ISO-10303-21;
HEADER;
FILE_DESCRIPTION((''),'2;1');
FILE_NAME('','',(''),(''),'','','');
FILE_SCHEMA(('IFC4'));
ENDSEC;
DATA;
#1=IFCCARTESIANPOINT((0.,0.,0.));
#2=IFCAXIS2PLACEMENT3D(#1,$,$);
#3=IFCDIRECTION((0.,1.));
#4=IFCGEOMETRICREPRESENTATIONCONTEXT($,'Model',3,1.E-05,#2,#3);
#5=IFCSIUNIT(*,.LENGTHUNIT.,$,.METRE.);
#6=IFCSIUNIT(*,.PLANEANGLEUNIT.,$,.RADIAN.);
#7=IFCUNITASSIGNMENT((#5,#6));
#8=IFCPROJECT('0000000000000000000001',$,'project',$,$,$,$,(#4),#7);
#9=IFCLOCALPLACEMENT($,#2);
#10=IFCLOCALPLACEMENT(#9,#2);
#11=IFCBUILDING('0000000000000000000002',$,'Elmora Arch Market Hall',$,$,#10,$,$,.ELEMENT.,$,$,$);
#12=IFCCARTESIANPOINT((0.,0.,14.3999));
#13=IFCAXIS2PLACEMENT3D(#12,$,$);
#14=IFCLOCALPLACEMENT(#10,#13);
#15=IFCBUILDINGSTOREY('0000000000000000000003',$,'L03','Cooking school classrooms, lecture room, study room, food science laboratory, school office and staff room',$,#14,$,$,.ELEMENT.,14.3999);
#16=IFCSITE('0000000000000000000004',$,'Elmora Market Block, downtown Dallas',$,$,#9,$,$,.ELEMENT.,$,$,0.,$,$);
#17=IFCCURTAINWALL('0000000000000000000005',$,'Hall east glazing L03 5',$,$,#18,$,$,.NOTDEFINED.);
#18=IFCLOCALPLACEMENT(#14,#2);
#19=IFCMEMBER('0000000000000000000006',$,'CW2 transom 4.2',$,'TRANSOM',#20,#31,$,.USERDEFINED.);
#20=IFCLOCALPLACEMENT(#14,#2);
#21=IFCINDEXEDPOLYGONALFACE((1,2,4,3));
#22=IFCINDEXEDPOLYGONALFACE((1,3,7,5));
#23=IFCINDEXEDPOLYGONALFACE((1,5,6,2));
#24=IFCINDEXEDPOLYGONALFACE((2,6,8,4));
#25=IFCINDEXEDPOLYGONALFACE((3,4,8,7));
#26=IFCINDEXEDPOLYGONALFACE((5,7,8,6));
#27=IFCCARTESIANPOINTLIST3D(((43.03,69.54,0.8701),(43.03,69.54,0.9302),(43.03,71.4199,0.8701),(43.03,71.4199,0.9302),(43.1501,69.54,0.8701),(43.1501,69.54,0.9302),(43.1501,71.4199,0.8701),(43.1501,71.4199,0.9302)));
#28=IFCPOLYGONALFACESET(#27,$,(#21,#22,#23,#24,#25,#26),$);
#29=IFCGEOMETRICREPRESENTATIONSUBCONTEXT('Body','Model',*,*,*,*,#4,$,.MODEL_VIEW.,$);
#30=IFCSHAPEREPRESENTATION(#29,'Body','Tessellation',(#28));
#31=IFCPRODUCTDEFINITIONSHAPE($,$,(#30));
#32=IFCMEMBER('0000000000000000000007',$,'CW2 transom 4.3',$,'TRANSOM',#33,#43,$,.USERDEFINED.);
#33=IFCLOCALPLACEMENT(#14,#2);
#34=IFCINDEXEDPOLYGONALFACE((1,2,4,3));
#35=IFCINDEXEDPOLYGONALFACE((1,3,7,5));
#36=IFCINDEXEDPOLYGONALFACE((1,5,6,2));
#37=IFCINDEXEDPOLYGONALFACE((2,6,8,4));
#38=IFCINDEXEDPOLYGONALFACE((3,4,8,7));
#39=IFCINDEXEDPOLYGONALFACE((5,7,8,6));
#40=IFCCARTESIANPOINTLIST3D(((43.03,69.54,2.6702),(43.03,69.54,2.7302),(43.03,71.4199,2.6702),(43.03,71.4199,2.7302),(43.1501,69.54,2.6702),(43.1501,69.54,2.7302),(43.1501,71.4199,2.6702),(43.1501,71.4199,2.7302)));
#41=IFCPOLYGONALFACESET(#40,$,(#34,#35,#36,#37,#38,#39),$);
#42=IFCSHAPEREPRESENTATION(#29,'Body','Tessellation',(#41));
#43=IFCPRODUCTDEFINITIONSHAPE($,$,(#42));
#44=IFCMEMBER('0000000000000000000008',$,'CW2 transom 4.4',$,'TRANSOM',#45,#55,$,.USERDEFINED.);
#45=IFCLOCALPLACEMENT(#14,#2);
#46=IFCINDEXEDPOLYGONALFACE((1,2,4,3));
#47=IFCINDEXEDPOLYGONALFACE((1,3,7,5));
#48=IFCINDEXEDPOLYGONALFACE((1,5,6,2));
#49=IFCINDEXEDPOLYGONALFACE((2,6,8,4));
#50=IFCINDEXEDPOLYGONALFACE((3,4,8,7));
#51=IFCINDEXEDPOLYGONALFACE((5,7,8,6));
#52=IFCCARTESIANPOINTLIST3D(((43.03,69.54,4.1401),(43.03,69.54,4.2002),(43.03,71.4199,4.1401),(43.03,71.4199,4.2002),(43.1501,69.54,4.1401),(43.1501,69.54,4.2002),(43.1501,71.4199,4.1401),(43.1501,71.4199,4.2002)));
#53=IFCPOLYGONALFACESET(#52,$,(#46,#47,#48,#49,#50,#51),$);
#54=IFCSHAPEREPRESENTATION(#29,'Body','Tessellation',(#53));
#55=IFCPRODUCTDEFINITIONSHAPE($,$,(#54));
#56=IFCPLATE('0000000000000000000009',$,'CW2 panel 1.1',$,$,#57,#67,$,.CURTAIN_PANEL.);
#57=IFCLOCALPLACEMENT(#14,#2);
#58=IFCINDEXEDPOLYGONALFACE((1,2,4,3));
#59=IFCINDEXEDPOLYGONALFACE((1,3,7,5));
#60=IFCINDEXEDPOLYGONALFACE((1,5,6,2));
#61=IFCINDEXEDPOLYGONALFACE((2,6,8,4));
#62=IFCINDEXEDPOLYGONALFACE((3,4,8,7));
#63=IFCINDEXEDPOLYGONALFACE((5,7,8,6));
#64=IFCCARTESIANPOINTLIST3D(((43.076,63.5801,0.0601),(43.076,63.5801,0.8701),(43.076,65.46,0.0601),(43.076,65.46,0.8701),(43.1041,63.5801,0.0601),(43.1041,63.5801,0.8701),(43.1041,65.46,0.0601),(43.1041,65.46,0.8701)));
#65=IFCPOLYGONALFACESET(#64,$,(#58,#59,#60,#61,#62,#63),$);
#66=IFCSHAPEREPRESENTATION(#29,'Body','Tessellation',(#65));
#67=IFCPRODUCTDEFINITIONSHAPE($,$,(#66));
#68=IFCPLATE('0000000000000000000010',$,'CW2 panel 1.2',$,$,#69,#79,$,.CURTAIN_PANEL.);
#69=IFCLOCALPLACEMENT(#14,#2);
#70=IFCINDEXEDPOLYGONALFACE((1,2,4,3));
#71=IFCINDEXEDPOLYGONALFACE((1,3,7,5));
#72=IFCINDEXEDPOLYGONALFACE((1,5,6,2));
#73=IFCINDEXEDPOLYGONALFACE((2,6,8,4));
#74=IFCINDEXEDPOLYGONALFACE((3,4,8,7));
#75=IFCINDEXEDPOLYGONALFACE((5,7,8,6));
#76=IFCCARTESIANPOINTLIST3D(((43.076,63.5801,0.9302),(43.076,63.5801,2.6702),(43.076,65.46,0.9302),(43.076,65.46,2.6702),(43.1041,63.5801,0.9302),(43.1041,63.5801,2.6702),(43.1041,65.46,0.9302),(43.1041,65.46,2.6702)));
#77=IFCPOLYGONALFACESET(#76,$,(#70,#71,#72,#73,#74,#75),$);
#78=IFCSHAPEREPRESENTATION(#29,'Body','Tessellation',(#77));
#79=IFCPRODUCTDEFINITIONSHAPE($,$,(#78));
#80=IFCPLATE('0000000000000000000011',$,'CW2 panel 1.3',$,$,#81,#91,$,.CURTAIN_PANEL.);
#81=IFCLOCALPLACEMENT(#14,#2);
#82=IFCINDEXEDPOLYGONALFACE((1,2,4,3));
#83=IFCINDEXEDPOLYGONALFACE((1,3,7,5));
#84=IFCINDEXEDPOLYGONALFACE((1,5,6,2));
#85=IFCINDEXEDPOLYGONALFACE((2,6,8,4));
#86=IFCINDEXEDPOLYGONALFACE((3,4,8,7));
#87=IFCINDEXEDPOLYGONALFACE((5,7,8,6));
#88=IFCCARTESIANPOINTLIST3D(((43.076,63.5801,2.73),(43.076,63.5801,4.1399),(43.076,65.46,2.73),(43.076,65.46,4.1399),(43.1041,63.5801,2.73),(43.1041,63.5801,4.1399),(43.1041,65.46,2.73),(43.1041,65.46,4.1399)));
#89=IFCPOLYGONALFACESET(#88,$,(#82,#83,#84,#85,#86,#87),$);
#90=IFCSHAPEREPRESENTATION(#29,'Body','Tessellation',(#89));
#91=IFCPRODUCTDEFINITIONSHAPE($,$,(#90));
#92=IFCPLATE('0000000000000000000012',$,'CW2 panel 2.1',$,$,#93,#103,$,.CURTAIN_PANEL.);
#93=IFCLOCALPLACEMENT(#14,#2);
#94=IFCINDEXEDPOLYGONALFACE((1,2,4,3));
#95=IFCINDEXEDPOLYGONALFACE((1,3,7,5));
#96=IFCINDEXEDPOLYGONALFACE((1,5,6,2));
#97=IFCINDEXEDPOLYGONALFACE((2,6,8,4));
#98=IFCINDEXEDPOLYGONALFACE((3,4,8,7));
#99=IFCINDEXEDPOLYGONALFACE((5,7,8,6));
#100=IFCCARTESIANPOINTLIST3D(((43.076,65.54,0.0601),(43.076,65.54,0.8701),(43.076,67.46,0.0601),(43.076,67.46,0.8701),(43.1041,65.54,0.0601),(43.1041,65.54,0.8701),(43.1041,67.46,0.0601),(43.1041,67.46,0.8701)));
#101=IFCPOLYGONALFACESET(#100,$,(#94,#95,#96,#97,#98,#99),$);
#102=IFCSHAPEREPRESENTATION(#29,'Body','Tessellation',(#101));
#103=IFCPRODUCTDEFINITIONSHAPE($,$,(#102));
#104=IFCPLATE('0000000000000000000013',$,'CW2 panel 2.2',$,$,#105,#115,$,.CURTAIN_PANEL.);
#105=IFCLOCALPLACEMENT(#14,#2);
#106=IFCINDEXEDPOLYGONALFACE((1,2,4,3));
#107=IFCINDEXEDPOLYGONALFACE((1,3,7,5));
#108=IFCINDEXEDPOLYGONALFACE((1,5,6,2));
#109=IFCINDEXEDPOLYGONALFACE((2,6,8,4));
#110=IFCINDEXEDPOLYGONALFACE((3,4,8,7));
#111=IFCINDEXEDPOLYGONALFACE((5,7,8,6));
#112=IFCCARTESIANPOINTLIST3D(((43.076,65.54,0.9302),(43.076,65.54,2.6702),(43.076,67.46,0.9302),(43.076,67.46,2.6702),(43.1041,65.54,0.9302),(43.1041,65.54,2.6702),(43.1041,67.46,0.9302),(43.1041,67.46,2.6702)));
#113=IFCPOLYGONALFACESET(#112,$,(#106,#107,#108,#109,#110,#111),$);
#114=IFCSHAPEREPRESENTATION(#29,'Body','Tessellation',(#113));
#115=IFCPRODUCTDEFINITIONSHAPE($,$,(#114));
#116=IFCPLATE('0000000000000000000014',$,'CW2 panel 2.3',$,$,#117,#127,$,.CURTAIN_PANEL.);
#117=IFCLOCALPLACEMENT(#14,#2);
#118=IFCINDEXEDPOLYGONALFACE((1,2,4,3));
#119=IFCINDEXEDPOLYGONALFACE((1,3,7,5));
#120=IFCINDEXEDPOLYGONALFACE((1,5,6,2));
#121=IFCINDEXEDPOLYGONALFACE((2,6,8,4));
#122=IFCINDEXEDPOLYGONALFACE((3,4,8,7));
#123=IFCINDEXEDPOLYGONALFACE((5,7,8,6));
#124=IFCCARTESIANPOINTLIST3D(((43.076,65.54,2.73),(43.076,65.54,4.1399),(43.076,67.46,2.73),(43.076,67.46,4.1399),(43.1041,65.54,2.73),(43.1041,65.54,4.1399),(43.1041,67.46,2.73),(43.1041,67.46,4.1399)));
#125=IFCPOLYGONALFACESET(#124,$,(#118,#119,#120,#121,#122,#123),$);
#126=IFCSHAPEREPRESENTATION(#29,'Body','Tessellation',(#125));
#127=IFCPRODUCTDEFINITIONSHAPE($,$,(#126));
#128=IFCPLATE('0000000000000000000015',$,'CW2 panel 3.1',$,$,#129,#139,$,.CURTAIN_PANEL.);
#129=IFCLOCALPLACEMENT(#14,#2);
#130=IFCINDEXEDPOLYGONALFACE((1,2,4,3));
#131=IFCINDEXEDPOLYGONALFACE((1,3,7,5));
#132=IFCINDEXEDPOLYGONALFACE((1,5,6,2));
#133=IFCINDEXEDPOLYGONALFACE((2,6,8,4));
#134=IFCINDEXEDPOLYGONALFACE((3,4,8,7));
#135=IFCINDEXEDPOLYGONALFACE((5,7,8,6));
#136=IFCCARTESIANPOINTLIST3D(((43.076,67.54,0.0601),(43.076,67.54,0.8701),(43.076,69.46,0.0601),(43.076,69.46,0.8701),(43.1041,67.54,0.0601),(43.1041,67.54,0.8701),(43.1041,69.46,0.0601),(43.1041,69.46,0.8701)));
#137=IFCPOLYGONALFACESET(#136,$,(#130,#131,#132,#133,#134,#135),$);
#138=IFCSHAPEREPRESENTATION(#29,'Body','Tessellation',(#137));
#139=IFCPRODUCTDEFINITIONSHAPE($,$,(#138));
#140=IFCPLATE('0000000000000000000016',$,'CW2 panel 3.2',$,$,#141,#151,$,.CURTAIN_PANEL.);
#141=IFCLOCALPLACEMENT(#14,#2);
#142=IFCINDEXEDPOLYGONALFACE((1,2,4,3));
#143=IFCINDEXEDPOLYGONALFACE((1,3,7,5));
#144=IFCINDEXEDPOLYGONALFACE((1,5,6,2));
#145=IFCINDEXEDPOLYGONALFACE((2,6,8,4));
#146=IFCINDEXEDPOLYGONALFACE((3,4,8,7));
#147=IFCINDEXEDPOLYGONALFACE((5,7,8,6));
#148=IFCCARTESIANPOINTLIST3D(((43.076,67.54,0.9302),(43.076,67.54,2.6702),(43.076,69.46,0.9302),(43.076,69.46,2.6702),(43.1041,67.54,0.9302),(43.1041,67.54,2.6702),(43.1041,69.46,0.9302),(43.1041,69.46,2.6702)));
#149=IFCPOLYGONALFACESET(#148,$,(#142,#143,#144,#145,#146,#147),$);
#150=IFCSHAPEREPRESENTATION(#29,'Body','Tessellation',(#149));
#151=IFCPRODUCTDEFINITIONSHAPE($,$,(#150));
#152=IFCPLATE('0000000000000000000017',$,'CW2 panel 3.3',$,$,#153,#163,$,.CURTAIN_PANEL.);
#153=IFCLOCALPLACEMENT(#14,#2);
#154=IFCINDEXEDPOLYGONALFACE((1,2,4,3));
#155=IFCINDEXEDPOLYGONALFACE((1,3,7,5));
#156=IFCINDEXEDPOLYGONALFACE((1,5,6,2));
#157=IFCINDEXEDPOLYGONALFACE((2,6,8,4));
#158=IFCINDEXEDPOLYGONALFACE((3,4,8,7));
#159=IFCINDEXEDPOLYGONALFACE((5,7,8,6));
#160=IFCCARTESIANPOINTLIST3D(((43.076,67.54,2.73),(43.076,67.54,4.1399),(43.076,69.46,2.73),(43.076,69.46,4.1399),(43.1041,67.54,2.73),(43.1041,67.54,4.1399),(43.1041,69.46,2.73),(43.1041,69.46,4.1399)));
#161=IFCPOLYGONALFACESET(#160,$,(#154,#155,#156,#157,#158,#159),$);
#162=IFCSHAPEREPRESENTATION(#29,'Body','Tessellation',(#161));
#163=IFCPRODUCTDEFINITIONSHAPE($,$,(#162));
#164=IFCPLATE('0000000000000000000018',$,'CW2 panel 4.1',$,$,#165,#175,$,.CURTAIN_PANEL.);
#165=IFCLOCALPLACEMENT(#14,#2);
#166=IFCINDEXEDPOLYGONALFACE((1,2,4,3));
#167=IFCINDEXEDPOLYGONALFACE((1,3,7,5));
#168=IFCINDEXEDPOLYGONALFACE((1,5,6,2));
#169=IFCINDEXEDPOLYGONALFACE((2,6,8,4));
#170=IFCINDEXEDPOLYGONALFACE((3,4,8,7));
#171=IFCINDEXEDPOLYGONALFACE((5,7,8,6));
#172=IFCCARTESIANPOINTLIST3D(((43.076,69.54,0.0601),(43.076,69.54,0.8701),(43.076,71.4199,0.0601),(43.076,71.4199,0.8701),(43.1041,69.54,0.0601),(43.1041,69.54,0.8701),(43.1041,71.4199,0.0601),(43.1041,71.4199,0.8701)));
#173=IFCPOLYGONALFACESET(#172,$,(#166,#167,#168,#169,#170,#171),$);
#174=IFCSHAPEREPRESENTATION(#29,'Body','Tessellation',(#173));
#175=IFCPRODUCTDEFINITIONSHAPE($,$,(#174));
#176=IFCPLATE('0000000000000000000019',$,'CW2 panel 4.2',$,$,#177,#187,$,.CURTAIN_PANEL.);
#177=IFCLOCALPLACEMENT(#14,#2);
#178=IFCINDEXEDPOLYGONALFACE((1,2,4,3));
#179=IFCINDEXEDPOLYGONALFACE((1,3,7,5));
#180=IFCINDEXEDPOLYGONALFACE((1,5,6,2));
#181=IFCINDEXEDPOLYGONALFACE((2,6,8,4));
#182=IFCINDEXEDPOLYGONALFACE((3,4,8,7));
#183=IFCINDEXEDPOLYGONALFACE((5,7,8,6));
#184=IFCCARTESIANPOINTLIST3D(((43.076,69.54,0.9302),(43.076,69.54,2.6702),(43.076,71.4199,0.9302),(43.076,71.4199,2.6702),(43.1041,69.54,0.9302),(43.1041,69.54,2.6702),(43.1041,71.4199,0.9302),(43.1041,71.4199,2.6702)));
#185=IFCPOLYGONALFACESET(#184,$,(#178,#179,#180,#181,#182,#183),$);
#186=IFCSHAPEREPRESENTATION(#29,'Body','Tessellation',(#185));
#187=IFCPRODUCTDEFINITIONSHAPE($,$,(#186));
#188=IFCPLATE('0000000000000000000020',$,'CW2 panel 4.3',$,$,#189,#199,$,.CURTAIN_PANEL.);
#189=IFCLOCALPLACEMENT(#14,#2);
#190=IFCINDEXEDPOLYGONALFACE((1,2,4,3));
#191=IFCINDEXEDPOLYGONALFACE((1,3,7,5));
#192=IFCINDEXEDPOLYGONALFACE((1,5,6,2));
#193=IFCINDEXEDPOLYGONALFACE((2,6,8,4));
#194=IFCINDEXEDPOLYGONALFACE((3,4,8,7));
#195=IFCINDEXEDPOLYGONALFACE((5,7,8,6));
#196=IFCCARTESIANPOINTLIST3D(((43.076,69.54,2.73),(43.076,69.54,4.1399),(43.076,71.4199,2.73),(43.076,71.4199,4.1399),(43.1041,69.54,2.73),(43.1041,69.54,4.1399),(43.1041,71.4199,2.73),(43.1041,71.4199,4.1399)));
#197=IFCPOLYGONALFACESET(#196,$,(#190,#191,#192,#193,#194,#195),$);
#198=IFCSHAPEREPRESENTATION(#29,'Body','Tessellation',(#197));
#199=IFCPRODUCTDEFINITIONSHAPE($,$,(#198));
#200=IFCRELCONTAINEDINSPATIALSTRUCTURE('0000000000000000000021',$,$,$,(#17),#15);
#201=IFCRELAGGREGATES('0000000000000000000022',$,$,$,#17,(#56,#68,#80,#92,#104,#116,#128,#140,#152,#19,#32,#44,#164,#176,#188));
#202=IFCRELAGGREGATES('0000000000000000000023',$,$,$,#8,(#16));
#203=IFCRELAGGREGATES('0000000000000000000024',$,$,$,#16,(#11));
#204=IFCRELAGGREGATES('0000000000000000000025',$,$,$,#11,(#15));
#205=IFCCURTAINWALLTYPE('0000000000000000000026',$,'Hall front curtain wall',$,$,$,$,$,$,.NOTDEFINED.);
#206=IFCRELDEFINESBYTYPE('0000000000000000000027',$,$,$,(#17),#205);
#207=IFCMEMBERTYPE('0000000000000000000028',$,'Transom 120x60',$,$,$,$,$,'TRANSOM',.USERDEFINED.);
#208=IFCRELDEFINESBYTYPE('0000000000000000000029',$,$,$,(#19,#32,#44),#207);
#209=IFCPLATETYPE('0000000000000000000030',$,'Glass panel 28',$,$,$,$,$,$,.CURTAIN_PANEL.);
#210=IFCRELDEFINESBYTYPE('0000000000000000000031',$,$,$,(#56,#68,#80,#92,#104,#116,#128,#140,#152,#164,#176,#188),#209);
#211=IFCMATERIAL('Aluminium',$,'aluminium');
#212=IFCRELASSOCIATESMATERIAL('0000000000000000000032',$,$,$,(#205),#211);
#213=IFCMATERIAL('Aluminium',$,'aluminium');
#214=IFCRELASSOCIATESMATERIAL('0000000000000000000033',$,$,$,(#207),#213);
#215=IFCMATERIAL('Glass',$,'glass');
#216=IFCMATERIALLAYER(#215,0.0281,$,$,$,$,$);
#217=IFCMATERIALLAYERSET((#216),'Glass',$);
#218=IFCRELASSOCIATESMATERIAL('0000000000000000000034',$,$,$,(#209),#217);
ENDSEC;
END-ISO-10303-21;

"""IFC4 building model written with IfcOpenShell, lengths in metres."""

from ifc_helpers import new_model, si_unit, direction, frame, origin, origin_2d, place, context, subcontext, project, spatial, rectangle, extrude, material, layer, layer_set, material_profile, profile_set, type_object, element, aggregate, save


model = new_model("IFC4")

# Units and contexts
model_context = context("Model", 3, precision=1e-05, world=origin(), true_north=direction((0.0, 1.0)))
body_context = subcontext(model_context, "Body", "Model", "MODEL_VIEW")
ifc_project = project(units=[si_unit("LENGTHUNIT", "METRE"), si_unit("PLANEANGLEUNIT", "RADIAN")], contexts=[model_context])

# Site, building, storey
site_placement = place(None, origin())
site = spatial("IfcSite", under=ifc_project, at=site_placement, Name="Elmora Market Block, downtown Dallas", CompositionType="ELEMENT", RefElevation=0.0)
building_placement = place(site_placement, origin())
building = spatial("IfcBuilding", under=site, at=building_placement, Name="Elmora Arch Market Hall", CompositionType="ELEMENT")
storey_placement = place(building_placement, frame((0.0, 0.0, 14.3999)))
storey = spatial("IfcBuildingStorey", under=building, at=storey_placement, Name="L03", Description="Cooking school classrooms, lecture room, study room, food science laboratory, school office and staff room", CompositionType="ELEMENT", Elevation=14.3999)

# Curtain wall
ifc_material_1 = material(Name="Aluminium", Category="aluminium")
curtain_wall_type = type_object("IfcCurtainWallType", Name="Hall front curtain wall", PredefinedType="NOTDEFINED", material=ifc_material_1)
curtain_wall_1_placement = place(storey_placement, origin())
curtain_wall_1 = element("IfcCurtainWall", 1, at=curtain_wall_1_placement, inside=storey, type_object=curtain_wall_type, Name="Hall east glazing L03 5", PredefinedType="NOTDEFINED")

# Members
ifc_material_2 = material(Name="Aluminium", Category="aluminium")
ifc_material_profile_1 = material_profile(ifc_material_2, rectangle(XDim=0.1201, YDim=0.0601, at=origin_2d()), Name="AL 120x60")
ifc_profile_set_1 = profile_set([ifc_material_profile_1], Name="Aluminium")
member_type_1 = type_object("IfcMemberType", Name="Transom 120x60", ElementType="TRANSOM", PredefinedType="USERDEFINED", material=ifc_profile_set_1)
member_1_placement = place(storey_placement, frame((43.0901, 69.54, 0.9001), z_axis=(0.0, 1.0, 0.0), x_axis=(-1.0, 0.0, 0.0)))
member_1 = element("IfcMember", 2, at=member_1_placement, type_object=member_type_1, Name="CW2 transom 4.2", ObjectType="TRANSOM", PredefinedType="USERDEFINED", context=body_context, shape_type="SweptSolid", body=[
    extrude(rectangle(XDim=0.1201, YDim=0.0601, at=origin_2d()), origin(), (0.0, 0.0, 1.0), 1.8799),
])
member_2_placement = place(storey_placement, frame((43.0901, 69.54, 2.7002), z_axis=(0.0, 1.0, 0.0), x_axis=(-1.0, 0.0, 0.0)))
member_2 = element("IfcMember", 3, at=member_2_placement, type_object=member_type_1, Name="CW2 transom 4.3", ObjectType="TRANSOM", PredefinedType="USERDEFINED", context=body_context, shape_type="SweptSolid", body=[
    extrude(rectangle(XDim=0.1201, YDim=0.0601, at=origin_2d()), origin(), (0.0, 0.0, 1.0), 1.8799),
])
member_3_placement = place(storey_placement, frame((43.0901, 69.54, 4.1702), z_axis=(0.0, 1.0, 0.0), x_axis=(-1.0, 0.0, 0.0)))
member_3 = element("IfcMember", 4, at=member_3_placement, type_object=member_type_1, Name="CW2 transom 4.4", ObjectType="TRANSOM", PredefinedType="USERDEFINED", context=body_context, shape_type="SweptSolid", body=[
    extrude(rectangle(XDim=0.1201, YDim=0.0601, at=origin_2d()), origin(), (0.0, 0.0, 1.0), 1.8799),
])

# Plates
ifc_material_3 = material(Name="Glass", Category="glass")
ifc_layer_1 = layer(ifc_material_3, 0.0281)
ifc_layer_set_1 = layer_set([ifc_layer_1], Name="Glass")
plate_type = type_object("IfcPlateType", Name="Glass panel 28", PredefinedType="CURTAIN_PANEL", material=ifc_layer_set_1)
plate_1_placement = place(storey_placement, frame((43.0901, 64.52, 0.0601), z_axis=(0.0, 0.0, 1.0), x_axis=(0.0, 1.0, 0.0)))
plate_1 = element("IfcPlate", 5, at=plate_1_placement, type_object=plate_type, Name="CW2 panel 1.1", PredefinedType="CURTAIN_PANEL", context=body_context, shape_type="SweptSolid", body=[
    extrude(rectangle(XDim=1.8799, YDim=0.0281, at=origin_2d()), origin(), (0.0, 0.0, 1.0), 0.8101),
])
plate_2_placement = place(storey_placement, frame((43.0901, 64.52, 0.9302), z_axis=(0.0, 0.0, 1.0), x_axis=(0.0, 1.0, 0.0)))
plate_2 = element("IfcPlate", 6, at=plate_2_placement, type_object=plate_type, Name="CW2 panel 1.2", PredefinedType="CURTAIN_PANEL", context=body_context, shape_type="SweptSolid", body=[
    extrude(rectangle(XDim=1.8799, YDim=0.0281, at=origin_2d()), origin(), (0.0, 0.0, 1.0), 1.74),
])
plate_3_placement = place(storey_placement, frame((43.0901, 64.52, 2.73), z_axis=(0.0, 0.0, 1.0), x_axis=(0.0, 1.0, 0.0)))
plate_3 = element("IfcPlate", 7, at=plate_3_placement, type_object=plate_type, Name="CW2 panel 1.3", PredefinedType="CURTAIN_PANEL", context=body_context, shape_type="SweptSolid", body=[
    extrude(rectangle(XDim=1.8799, YDim=0.0281, at=origin_2d()), origin(), (0.0, 0.0, 1.0), 1.4099),
])
plate_4_placement = place(storey_placement, frame((43.0901, 66.5, 0.0601), z_axis=(0.0, 0.0, 1.0), x_axis=(0.0, 1.0, 0.0)))
plate_4 = element("IfcPlate", 8, at=plate_4_placement, type_object=plate_type, Name="CW2 panel 2.1", PredefinedType="CURTAIN_PANEL", context=body_context, shape_type="SweptSolid", body=[
    extrude(rectangle(XDim=1.9199, YDim=0.0281, at=origin_2d()), origin(), (0.0, 0.0, 1.0), 0.8101),
])
plate_5_placement = place(storey_placement, frame((43.0901, 66.5, 0.9302), z_axis=(0.0, 0.0, 1.0), x_axis=(0.0, 1.0, 0.0)))
plate_5 = element("IfcPlate", 9, at=plate_5_placement, type_object=plate_type, Name="CW2 panel 2.2", PredefinedType="CURTAIN_PANEL", context=body_context, shape_type="SweptSolid", body=[
    extrude(rectangle(XDim=1.9199, YDim=0.0281, at=origin_2d()), origin(), (0.0, 0.0, 1.0), 1.74),
])
plate_6_placement = place(storey_placement, frame((43.0901, 66.5, 2.73), z_axis=(0.0, 0.0, 1.0), x_axis=(0.0, 1.0, 0.0)))
plate_6 = element("IfcPlate", 10, at=plate_6_placement, type_object=plate_type, Name="CW2 panel 2.3", PredefinedType="CURTAIN_PANEL", context=body_context, shape_type="SweptSolid", body=[
    extrude(rectangle(XDim=1.9199, YDim=0.0281, at=origin_2d()), origin(), (0.0, 0.0, 1.0), 1.4099),
])
plate_7_placement = place(storey_placement, frame((43.0901, 68.5, 0.0601), z_axis=(0.0, 0.0, 1.0), x_axis=(0.0, 1.0, 0.0)))
plate_7 = element("IfcPlate", 11, at=plate_7_placement, type_object=plate_type, Name="CW2 panel 3.1", PredefinedType="CURTAIN_PANEL", context=body_context, shape_type="SweptSolid", body=[
    extrude(rectangle(XDim=1.9199, YDim=0.0281, at=origin_2d()), origin(), (0.0, 0.0, 1.0), 0.8101),
])
plate_8_placement = place(storey_placement, frame((43.0901, 68.5, 0.9302), z_axis=(0.0, 0.0, 1.0), x_axis=(0.0, 1.0, 0.0)))
plate_8 = element("IfcPlate", 12, at=plate_8_placement, type_object=plate_type, Name="CW2 panel 3.2", PredefinedType="CURTAIN_PANEL", context=body_context, shape_type="SweptSolid", body=[
    extrude(rectangle(XDim=1.9199, YDim=0.0281, at=origin_2d()), origin(), (0.0, 0.0, 1.0), 1.74),
])
plate_9_placement = place(storey_placement, frame((43.0901, 68.5, 2.73), z_axis=(0.0, 0.0, 1.0), x_axis=(0.0, 1.0, 0.0)))
plate_9 = element("IfcPlate", 13, at=plate_9_placement, type_object=plate_type, Name="CW2 panel 3.3", PredefinedType="CURTAIN_PANEL", context=body_context, shape_type="SweptSolid", body=[
    extrude(rectangle(XDim=1.9199, YDim=0.0281, at=origin_2d()), origin(), (0.0, 0.0, 1.0), 1.4099),
])
plate_10_placement = place(storey_placement, frame((43.0901, 70.48, 0.0601), z_axis=(0.0, 0.0, 1.0), x_axis=(0.0, 1.0, 0.0)))
plate_10 = element("IfcPlate", 14, at=plate_10_placement, type_object=plate_type, Name="CW2 panel 4.1", PredefinedType="CURTAIN_PANEL", context=body_context, shape_type="SweptSolid", body=[
    extrude(rectangle(XDim=1.8799, YDim=0.0281, at=origin_2d()), origin(), (0.0, 0.0, 1.0), 0.8101),
])
plate_11_placement = place(storey_placement, frame((43.0901, 70.48, 0.9302), z_axis=(0.0, 0.0, 1.0), x_axis=(0.0, 1.0, 0.0)))
plate_11 = element("IfcPlate", 15, at=plate_11_placement, type_object=plate_type, Name="CW2 panel 4.2", PredefinedType="CURTAIN_PANEL", context=body_context, shape_type="SweptSolid", body=[
    extrude(rectangle(XDim=1.8799, YDim=0.0281, at=origin_2d()), origin(), (0.0, 0.0, 1.0), 1.74),
])
plate_12_placement = place(storey_placement, frame((43.0901, 70.48, 2.73), z_axis=(0.0, 0.0, 1.0), x_axis=(0.0, 1.0, 0.0)))
plate_12 = element("IfcPlate", 16, at=plate_12_placement, type_object=plate_type, Name="CW2 panel 4.3", PredefinedType="CURTAIN_PANEL", context=body_context, shape_type="SweptSolid", body=[
    extrude(rectangle(XDim=1.8799, YDim=0.0281, at=origin_2d()), origin(), (0.0, 0.0, 1.0), 1.4099),
])
aggregate(curtain_wall_1, [plate_1, plate_2, plate_3, plate_4, plate_5, plate_6, plate_7, plate_8, plate_9, member_1, member_2, member_3, plate_10, plate_11, plate_12])

save(model, "model.ifc")
